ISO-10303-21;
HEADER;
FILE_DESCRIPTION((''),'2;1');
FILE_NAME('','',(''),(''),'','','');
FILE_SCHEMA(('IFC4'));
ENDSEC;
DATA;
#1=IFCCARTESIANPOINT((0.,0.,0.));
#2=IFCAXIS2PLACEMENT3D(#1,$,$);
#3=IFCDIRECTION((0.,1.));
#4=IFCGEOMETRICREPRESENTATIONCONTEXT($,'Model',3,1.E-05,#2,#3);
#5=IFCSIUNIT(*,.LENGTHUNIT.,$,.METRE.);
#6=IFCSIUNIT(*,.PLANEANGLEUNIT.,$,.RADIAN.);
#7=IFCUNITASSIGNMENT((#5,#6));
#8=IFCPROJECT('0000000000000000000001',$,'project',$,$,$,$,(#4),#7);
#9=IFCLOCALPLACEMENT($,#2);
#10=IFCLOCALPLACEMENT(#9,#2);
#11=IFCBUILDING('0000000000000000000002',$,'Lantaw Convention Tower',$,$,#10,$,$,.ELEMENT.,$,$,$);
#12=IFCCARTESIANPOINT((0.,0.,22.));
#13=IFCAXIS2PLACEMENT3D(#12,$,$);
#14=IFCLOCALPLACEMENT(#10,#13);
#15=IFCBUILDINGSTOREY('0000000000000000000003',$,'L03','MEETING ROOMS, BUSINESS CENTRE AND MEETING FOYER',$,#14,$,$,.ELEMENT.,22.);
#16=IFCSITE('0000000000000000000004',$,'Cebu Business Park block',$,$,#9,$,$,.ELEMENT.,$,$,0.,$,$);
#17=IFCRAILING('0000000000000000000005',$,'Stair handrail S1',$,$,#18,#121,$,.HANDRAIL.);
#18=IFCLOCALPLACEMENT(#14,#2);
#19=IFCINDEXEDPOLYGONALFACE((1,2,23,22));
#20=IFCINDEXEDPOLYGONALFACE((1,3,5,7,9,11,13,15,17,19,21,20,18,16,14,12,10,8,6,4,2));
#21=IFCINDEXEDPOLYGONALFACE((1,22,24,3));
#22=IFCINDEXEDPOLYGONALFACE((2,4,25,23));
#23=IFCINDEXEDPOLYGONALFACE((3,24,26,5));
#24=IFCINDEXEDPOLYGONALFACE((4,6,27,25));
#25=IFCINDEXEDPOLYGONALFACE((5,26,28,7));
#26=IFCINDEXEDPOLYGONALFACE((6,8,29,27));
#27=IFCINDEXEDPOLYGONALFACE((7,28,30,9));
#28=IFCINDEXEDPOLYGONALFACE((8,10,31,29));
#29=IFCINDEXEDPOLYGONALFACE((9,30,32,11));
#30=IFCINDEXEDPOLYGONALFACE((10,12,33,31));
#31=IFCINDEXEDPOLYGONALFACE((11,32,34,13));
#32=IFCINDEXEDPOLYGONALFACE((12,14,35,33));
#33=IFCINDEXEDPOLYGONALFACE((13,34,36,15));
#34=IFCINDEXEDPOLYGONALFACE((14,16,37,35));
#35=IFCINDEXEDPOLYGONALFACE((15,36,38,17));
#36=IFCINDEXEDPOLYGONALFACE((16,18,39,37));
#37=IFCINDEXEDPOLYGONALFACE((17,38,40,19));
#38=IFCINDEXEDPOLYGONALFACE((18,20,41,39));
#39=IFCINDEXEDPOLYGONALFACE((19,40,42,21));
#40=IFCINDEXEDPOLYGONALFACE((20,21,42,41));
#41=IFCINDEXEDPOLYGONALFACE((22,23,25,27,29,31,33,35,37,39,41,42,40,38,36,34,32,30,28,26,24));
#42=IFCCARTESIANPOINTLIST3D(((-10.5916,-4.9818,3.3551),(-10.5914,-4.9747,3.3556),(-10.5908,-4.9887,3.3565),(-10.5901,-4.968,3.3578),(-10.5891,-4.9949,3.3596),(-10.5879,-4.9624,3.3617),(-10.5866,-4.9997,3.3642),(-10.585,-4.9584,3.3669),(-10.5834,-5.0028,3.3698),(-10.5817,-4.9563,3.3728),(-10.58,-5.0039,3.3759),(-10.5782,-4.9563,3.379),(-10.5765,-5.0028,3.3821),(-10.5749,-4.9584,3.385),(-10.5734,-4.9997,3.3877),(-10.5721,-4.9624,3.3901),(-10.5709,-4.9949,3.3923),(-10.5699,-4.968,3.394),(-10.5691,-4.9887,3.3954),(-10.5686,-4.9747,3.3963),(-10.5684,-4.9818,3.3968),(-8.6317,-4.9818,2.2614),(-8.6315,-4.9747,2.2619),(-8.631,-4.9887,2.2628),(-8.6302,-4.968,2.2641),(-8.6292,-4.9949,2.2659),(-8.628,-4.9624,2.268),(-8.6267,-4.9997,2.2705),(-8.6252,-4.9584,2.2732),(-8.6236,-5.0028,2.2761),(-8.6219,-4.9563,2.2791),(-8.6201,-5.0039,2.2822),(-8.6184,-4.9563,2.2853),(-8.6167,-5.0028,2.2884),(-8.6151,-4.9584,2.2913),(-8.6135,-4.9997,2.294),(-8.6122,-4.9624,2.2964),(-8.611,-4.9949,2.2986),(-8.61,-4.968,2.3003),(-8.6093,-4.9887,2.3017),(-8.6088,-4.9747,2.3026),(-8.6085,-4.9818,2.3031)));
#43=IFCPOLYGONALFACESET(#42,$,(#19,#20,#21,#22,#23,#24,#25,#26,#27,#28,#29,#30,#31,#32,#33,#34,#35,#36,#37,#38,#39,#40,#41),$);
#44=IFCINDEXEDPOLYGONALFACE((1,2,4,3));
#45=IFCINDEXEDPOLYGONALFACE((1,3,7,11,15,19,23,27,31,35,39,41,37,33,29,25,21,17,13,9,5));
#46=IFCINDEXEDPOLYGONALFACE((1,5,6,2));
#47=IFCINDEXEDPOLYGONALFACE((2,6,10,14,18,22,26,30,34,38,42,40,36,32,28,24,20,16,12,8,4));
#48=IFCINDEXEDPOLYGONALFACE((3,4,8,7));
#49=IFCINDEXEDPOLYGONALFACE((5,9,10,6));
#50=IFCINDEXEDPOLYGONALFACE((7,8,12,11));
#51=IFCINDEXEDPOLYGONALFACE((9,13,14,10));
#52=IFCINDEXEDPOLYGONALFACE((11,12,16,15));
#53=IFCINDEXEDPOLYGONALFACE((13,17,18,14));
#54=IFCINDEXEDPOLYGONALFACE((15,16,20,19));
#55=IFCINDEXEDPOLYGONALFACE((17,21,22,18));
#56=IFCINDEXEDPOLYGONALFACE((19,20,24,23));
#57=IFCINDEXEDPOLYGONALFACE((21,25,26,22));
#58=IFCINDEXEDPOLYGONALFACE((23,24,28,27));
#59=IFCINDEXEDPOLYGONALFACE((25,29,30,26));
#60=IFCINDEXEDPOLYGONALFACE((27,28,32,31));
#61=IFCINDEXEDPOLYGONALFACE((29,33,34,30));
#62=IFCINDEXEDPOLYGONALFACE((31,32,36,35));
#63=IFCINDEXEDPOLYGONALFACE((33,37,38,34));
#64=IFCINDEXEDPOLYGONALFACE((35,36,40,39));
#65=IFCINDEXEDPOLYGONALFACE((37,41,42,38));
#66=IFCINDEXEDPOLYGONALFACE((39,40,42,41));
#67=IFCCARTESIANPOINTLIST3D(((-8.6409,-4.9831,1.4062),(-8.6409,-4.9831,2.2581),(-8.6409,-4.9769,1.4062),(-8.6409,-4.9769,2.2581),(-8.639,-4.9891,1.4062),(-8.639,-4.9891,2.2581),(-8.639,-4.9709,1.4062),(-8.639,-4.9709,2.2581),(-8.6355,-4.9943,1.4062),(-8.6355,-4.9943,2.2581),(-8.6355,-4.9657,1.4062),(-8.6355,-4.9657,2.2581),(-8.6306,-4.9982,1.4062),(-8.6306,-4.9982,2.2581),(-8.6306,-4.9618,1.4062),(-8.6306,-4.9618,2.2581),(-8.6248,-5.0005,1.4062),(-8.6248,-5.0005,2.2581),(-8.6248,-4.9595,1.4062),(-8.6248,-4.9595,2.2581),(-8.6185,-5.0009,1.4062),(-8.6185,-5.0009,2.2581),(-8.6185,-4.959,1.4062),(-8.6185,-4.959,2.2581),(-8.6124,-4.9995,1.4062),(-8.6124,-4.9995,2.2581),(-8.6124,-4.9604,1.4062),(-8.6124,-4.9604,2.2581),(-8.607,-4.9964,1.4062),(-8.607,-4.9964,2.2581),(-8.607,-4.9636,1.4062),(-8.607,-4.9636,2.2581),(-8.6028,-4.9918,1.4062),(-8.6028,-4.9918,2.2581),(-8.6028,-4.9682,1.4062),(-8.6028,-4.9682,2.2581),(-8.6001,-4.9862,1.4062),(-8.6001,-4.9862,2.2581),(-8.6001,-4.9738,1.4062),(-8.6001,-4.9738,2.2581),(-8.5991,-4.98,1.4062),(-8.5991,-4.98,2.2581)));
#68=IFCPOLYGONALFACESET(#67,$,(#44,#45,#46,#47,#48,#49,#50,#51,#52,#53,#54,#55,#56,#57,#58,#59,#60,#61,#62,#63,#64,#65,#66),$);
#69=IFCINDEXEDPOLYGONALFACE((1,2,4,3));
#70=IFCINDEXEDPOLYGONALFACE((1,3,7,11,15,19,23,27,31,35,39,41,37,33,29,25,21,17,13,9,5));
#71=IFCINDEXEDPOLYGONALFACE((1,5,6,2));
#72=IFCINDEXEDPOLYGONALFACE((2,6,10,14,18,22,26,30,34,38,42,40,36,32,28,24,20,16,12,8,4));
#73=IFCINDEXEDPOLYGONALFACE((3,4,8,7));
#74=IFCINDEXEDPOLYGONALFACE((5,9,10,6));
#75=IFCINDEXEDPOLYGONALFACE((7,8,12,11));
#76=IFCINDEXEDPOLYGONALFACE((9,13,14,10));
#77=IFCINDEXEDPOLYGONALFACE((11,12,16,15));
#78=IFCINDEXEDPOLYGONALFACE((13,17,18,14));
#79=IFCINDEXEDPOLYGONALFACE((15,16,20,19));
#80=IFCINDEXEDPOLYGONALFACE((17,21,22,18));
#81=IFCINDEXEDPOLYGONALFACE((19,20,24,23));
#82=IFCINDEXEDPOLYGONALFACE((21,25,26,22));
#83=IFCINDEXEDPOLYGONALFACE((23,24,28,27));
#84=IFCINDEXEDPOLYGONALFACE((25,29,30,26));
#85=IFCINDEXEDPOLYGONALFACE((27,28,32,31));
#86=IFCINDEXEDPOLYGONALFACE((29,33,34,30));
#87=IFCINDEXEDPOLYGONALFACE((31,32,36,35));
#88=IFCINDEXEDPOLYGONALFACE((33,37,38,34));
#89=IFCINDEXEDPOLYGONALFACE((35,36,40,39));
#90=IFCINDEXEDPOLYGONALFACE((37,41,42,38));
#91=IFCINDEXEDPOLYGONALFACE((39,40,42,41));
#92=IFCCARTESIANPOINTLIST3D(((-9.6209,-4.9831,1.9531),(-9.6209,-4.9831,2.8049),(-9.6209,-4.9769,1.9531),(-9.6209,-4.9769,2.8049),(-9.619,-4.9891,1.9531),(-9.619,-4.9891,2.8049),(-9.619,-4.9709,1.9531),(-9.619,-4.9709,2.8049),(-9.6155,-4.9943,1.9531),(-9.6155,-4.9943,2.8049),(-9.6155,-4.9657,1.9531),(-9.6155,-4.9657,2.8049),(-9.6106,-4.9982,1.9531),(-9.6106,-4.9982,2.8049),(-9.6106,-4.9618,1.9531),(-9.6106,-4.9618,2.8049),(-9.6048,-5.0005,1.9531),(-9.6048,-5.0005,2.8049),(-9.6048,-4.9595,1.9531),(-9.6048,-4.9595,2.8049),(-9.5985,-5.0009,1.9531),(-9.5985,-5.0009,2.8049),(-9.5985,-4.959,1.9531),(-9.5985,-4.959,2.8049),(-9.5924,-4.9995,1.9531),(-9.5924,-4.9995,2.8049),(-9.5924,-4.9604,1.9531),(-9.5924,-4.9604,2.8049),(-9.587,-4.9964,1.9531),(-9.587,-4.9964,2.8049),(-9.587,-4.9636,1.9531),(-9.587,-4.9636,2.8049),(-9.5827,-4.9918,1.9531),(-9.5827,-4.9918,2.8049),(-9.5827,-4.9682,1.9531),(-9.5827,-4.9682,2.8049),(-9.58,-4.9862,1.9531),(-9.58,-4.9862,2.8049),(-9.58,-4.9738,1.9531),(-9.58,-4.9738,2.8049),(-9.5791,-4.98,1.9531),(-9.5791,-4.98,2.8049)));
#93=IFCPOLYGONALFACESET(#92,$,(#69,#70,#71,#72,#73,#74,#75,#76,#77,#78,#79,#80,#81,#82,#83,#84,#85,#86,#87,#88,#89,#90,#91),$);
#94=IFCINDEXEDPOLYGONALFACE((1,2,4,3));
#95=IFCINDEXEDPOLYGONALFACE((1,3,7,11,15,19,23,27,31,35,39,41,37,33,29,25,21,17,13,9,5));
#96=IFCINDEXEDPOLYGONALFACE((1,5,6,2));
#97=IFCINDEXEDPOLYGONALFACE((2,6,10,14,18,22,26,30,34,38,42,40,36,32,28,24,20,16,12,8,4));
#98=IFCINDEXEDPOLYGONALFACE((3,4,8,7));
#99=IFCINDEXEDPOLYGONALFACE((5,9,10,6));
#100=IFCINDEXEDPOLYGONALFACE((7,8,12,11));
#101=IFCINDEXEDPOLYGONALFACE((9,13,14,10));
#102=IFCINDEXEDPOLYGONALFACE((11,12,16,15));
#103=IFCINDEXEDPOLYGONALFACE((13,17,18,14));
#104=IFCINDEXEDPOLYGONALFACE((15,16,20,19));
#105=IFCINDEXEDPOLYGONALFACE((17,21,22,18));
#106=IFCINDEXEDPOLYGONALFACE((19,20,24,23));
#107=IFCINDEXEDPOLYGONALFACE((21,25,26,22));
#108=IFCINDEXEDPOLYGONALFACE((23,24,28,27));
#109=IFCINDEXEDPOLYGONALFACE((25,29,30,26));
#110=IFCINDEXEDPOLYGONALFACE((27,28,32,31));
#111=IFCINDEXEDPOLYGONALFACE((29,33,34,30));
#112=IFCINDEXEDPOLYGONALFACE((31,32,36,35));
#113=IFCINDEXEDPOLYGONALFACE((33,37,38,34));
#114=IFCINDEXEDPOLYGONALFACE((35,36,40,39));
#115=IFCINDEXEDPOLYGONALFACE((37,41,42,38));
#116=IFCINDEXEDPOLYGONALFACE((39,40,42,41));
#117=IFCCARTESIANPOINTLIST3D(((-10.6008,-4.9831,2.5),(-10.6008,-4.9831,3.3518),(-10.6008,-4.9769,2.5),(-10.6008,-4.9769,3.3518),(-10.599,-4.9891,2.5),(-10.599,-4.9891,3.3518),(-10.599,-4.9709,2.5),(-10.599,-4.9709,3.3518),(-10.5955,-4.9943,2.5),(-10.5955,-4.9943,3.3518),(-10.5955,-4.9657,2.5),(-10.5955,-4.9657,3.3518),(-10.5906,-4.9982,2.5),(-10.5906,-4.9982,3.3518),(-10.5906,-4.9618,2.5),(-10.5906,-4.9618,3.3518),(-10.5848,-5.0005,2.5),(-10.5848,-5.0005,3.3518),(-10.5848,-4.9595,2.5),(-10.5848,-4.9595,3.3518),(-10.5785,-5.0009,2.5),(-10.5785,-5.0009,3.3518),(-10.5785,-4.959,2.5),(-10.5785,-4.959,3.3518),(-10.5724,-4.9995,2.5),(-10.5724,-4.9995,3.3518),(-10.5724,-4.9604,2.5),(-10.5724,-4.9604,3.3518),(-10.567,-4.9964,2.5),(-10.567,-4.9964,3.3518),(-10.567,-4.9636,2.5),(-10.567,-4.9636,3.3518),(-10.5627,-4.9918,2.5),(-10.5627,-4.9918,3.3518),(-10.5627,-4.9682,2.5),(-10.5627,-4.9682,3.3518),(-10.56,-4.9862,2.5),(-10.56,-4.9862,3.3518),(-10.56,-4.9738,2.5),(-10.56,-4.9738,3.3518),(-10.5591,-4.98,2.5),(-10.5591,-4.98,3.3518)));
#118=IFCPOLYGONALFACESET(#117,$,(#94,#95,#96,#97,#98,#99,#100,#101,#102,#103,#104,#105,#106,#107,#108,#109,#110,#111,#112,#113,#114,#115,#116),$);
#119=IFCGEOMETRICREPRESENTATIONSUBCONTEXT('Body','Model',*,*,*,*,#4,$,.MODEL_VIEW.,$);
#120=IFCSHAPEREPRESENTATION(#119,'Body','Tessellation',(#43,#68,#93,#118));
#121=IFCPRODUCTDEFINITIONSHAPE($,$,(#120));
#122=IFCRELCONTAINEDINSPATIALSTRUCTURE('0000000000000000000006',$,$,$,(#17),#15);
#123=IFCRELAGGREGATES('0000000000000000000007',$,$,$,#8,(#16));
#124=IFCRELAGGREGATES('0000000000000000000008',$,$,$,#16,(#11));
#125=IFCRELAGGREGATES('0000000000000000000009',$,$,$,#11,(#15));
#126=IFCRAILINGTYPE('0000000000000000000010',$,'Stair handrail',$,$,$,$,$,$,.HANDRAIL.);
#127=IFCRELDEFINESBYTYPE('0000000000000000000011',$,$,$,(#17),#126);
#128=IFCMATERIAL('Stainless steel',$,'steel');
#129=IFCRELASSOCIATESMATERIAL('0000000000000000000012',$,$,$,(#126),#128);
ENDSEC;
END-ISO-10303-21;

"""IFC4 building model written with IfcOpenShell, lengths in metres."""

from ifc_helpers import new_model, si_unit, direction, frame, origin, origin_2d, place, context, subcontext, project, spatial, circle, extrude, material, type_object, element, save


model = new_model("IFC4")

# Units and contexts
model_context = context("Model", 3, precision=1e-05, world=origin(), true_north=direction((0.0, 1.0)))
body_context = subcontext(model_context, "Body", "Model", "MODEL_VIEW")
ifc_project = project(units=[si_unit("LENGTHUNIT", "METRE"), si_unit("PLANEANGLEUNIT", "RADIAN")], contexts=[model_context])

# Site, building, storey
site_placement = place(None, origin())
site = spatial("IfcSite", under=ifc_project, at=site_placement, Name="Cebu Business Park block", CompositionType="ELEMENT", RefElevation=0.0)
building_placement = place(site_placement, origin())
building = spatial("IfcBuilding", under=site, at=building_placement, Name="Lantaw Convention Tower", CompositionType="ELEMENT")
storey_placement = place(building_placement, frame((0.0, 0.0, 22.0)))
storey = spatial("IfcBuildingStorey", under=building, at=storey_placement, Name="L03", Description="MEETING ROOMS, BUSINESS CENTRE AND MEETING FOYER", CompositionType="ELEMENT", Elevation=22.0)

# Railing
ifc_material_1 = material(Name="Stainless steel", Category="steel")
railing_type = type_object("IfcRailingType", Name="Stair handrail", PredefinedType="HANDRAIL", material=ifc_material_1)
railing_1_placement = place(storey_placement, frame((-8.6201, -4.98, 1.4062)))
element("IfcRailing", 1, at=railing_1_placement, inside=storey, type_object=railing_type, Name="Stair handrail S1", PredefinedType="HANDRAIL", context=body_context, shape_type="SweptSolid", body=[
    extrude(circle(Radius=0.0239, at=origin_2d()), frame((0.0, 0.0, 0.876), z_axis=(-0.873232, 0.0, 0.487304), x_axis=(0.0, -1.0, 0.0)), (0.0, 0.0, 1.0), 2.2444),
    extrude(circle(Radius=0.021, at=origin_2d()), origin(), (0.0, 0.0, 1.0), 0.8518),
    extrude(circle(Radius=0.021, at=origin_2d()), frame((-0.98, 0.0, 0.5469)), (0.0, 0.0, 1.0), 0.8518),
    extrude(circle(Radius=0.021, at=origin_2d()), frame((-1.96, 0.0, 1.0938)), (0.0, 0.0, 1.0), 0.8518),
])

save(model, "model.ifc")
